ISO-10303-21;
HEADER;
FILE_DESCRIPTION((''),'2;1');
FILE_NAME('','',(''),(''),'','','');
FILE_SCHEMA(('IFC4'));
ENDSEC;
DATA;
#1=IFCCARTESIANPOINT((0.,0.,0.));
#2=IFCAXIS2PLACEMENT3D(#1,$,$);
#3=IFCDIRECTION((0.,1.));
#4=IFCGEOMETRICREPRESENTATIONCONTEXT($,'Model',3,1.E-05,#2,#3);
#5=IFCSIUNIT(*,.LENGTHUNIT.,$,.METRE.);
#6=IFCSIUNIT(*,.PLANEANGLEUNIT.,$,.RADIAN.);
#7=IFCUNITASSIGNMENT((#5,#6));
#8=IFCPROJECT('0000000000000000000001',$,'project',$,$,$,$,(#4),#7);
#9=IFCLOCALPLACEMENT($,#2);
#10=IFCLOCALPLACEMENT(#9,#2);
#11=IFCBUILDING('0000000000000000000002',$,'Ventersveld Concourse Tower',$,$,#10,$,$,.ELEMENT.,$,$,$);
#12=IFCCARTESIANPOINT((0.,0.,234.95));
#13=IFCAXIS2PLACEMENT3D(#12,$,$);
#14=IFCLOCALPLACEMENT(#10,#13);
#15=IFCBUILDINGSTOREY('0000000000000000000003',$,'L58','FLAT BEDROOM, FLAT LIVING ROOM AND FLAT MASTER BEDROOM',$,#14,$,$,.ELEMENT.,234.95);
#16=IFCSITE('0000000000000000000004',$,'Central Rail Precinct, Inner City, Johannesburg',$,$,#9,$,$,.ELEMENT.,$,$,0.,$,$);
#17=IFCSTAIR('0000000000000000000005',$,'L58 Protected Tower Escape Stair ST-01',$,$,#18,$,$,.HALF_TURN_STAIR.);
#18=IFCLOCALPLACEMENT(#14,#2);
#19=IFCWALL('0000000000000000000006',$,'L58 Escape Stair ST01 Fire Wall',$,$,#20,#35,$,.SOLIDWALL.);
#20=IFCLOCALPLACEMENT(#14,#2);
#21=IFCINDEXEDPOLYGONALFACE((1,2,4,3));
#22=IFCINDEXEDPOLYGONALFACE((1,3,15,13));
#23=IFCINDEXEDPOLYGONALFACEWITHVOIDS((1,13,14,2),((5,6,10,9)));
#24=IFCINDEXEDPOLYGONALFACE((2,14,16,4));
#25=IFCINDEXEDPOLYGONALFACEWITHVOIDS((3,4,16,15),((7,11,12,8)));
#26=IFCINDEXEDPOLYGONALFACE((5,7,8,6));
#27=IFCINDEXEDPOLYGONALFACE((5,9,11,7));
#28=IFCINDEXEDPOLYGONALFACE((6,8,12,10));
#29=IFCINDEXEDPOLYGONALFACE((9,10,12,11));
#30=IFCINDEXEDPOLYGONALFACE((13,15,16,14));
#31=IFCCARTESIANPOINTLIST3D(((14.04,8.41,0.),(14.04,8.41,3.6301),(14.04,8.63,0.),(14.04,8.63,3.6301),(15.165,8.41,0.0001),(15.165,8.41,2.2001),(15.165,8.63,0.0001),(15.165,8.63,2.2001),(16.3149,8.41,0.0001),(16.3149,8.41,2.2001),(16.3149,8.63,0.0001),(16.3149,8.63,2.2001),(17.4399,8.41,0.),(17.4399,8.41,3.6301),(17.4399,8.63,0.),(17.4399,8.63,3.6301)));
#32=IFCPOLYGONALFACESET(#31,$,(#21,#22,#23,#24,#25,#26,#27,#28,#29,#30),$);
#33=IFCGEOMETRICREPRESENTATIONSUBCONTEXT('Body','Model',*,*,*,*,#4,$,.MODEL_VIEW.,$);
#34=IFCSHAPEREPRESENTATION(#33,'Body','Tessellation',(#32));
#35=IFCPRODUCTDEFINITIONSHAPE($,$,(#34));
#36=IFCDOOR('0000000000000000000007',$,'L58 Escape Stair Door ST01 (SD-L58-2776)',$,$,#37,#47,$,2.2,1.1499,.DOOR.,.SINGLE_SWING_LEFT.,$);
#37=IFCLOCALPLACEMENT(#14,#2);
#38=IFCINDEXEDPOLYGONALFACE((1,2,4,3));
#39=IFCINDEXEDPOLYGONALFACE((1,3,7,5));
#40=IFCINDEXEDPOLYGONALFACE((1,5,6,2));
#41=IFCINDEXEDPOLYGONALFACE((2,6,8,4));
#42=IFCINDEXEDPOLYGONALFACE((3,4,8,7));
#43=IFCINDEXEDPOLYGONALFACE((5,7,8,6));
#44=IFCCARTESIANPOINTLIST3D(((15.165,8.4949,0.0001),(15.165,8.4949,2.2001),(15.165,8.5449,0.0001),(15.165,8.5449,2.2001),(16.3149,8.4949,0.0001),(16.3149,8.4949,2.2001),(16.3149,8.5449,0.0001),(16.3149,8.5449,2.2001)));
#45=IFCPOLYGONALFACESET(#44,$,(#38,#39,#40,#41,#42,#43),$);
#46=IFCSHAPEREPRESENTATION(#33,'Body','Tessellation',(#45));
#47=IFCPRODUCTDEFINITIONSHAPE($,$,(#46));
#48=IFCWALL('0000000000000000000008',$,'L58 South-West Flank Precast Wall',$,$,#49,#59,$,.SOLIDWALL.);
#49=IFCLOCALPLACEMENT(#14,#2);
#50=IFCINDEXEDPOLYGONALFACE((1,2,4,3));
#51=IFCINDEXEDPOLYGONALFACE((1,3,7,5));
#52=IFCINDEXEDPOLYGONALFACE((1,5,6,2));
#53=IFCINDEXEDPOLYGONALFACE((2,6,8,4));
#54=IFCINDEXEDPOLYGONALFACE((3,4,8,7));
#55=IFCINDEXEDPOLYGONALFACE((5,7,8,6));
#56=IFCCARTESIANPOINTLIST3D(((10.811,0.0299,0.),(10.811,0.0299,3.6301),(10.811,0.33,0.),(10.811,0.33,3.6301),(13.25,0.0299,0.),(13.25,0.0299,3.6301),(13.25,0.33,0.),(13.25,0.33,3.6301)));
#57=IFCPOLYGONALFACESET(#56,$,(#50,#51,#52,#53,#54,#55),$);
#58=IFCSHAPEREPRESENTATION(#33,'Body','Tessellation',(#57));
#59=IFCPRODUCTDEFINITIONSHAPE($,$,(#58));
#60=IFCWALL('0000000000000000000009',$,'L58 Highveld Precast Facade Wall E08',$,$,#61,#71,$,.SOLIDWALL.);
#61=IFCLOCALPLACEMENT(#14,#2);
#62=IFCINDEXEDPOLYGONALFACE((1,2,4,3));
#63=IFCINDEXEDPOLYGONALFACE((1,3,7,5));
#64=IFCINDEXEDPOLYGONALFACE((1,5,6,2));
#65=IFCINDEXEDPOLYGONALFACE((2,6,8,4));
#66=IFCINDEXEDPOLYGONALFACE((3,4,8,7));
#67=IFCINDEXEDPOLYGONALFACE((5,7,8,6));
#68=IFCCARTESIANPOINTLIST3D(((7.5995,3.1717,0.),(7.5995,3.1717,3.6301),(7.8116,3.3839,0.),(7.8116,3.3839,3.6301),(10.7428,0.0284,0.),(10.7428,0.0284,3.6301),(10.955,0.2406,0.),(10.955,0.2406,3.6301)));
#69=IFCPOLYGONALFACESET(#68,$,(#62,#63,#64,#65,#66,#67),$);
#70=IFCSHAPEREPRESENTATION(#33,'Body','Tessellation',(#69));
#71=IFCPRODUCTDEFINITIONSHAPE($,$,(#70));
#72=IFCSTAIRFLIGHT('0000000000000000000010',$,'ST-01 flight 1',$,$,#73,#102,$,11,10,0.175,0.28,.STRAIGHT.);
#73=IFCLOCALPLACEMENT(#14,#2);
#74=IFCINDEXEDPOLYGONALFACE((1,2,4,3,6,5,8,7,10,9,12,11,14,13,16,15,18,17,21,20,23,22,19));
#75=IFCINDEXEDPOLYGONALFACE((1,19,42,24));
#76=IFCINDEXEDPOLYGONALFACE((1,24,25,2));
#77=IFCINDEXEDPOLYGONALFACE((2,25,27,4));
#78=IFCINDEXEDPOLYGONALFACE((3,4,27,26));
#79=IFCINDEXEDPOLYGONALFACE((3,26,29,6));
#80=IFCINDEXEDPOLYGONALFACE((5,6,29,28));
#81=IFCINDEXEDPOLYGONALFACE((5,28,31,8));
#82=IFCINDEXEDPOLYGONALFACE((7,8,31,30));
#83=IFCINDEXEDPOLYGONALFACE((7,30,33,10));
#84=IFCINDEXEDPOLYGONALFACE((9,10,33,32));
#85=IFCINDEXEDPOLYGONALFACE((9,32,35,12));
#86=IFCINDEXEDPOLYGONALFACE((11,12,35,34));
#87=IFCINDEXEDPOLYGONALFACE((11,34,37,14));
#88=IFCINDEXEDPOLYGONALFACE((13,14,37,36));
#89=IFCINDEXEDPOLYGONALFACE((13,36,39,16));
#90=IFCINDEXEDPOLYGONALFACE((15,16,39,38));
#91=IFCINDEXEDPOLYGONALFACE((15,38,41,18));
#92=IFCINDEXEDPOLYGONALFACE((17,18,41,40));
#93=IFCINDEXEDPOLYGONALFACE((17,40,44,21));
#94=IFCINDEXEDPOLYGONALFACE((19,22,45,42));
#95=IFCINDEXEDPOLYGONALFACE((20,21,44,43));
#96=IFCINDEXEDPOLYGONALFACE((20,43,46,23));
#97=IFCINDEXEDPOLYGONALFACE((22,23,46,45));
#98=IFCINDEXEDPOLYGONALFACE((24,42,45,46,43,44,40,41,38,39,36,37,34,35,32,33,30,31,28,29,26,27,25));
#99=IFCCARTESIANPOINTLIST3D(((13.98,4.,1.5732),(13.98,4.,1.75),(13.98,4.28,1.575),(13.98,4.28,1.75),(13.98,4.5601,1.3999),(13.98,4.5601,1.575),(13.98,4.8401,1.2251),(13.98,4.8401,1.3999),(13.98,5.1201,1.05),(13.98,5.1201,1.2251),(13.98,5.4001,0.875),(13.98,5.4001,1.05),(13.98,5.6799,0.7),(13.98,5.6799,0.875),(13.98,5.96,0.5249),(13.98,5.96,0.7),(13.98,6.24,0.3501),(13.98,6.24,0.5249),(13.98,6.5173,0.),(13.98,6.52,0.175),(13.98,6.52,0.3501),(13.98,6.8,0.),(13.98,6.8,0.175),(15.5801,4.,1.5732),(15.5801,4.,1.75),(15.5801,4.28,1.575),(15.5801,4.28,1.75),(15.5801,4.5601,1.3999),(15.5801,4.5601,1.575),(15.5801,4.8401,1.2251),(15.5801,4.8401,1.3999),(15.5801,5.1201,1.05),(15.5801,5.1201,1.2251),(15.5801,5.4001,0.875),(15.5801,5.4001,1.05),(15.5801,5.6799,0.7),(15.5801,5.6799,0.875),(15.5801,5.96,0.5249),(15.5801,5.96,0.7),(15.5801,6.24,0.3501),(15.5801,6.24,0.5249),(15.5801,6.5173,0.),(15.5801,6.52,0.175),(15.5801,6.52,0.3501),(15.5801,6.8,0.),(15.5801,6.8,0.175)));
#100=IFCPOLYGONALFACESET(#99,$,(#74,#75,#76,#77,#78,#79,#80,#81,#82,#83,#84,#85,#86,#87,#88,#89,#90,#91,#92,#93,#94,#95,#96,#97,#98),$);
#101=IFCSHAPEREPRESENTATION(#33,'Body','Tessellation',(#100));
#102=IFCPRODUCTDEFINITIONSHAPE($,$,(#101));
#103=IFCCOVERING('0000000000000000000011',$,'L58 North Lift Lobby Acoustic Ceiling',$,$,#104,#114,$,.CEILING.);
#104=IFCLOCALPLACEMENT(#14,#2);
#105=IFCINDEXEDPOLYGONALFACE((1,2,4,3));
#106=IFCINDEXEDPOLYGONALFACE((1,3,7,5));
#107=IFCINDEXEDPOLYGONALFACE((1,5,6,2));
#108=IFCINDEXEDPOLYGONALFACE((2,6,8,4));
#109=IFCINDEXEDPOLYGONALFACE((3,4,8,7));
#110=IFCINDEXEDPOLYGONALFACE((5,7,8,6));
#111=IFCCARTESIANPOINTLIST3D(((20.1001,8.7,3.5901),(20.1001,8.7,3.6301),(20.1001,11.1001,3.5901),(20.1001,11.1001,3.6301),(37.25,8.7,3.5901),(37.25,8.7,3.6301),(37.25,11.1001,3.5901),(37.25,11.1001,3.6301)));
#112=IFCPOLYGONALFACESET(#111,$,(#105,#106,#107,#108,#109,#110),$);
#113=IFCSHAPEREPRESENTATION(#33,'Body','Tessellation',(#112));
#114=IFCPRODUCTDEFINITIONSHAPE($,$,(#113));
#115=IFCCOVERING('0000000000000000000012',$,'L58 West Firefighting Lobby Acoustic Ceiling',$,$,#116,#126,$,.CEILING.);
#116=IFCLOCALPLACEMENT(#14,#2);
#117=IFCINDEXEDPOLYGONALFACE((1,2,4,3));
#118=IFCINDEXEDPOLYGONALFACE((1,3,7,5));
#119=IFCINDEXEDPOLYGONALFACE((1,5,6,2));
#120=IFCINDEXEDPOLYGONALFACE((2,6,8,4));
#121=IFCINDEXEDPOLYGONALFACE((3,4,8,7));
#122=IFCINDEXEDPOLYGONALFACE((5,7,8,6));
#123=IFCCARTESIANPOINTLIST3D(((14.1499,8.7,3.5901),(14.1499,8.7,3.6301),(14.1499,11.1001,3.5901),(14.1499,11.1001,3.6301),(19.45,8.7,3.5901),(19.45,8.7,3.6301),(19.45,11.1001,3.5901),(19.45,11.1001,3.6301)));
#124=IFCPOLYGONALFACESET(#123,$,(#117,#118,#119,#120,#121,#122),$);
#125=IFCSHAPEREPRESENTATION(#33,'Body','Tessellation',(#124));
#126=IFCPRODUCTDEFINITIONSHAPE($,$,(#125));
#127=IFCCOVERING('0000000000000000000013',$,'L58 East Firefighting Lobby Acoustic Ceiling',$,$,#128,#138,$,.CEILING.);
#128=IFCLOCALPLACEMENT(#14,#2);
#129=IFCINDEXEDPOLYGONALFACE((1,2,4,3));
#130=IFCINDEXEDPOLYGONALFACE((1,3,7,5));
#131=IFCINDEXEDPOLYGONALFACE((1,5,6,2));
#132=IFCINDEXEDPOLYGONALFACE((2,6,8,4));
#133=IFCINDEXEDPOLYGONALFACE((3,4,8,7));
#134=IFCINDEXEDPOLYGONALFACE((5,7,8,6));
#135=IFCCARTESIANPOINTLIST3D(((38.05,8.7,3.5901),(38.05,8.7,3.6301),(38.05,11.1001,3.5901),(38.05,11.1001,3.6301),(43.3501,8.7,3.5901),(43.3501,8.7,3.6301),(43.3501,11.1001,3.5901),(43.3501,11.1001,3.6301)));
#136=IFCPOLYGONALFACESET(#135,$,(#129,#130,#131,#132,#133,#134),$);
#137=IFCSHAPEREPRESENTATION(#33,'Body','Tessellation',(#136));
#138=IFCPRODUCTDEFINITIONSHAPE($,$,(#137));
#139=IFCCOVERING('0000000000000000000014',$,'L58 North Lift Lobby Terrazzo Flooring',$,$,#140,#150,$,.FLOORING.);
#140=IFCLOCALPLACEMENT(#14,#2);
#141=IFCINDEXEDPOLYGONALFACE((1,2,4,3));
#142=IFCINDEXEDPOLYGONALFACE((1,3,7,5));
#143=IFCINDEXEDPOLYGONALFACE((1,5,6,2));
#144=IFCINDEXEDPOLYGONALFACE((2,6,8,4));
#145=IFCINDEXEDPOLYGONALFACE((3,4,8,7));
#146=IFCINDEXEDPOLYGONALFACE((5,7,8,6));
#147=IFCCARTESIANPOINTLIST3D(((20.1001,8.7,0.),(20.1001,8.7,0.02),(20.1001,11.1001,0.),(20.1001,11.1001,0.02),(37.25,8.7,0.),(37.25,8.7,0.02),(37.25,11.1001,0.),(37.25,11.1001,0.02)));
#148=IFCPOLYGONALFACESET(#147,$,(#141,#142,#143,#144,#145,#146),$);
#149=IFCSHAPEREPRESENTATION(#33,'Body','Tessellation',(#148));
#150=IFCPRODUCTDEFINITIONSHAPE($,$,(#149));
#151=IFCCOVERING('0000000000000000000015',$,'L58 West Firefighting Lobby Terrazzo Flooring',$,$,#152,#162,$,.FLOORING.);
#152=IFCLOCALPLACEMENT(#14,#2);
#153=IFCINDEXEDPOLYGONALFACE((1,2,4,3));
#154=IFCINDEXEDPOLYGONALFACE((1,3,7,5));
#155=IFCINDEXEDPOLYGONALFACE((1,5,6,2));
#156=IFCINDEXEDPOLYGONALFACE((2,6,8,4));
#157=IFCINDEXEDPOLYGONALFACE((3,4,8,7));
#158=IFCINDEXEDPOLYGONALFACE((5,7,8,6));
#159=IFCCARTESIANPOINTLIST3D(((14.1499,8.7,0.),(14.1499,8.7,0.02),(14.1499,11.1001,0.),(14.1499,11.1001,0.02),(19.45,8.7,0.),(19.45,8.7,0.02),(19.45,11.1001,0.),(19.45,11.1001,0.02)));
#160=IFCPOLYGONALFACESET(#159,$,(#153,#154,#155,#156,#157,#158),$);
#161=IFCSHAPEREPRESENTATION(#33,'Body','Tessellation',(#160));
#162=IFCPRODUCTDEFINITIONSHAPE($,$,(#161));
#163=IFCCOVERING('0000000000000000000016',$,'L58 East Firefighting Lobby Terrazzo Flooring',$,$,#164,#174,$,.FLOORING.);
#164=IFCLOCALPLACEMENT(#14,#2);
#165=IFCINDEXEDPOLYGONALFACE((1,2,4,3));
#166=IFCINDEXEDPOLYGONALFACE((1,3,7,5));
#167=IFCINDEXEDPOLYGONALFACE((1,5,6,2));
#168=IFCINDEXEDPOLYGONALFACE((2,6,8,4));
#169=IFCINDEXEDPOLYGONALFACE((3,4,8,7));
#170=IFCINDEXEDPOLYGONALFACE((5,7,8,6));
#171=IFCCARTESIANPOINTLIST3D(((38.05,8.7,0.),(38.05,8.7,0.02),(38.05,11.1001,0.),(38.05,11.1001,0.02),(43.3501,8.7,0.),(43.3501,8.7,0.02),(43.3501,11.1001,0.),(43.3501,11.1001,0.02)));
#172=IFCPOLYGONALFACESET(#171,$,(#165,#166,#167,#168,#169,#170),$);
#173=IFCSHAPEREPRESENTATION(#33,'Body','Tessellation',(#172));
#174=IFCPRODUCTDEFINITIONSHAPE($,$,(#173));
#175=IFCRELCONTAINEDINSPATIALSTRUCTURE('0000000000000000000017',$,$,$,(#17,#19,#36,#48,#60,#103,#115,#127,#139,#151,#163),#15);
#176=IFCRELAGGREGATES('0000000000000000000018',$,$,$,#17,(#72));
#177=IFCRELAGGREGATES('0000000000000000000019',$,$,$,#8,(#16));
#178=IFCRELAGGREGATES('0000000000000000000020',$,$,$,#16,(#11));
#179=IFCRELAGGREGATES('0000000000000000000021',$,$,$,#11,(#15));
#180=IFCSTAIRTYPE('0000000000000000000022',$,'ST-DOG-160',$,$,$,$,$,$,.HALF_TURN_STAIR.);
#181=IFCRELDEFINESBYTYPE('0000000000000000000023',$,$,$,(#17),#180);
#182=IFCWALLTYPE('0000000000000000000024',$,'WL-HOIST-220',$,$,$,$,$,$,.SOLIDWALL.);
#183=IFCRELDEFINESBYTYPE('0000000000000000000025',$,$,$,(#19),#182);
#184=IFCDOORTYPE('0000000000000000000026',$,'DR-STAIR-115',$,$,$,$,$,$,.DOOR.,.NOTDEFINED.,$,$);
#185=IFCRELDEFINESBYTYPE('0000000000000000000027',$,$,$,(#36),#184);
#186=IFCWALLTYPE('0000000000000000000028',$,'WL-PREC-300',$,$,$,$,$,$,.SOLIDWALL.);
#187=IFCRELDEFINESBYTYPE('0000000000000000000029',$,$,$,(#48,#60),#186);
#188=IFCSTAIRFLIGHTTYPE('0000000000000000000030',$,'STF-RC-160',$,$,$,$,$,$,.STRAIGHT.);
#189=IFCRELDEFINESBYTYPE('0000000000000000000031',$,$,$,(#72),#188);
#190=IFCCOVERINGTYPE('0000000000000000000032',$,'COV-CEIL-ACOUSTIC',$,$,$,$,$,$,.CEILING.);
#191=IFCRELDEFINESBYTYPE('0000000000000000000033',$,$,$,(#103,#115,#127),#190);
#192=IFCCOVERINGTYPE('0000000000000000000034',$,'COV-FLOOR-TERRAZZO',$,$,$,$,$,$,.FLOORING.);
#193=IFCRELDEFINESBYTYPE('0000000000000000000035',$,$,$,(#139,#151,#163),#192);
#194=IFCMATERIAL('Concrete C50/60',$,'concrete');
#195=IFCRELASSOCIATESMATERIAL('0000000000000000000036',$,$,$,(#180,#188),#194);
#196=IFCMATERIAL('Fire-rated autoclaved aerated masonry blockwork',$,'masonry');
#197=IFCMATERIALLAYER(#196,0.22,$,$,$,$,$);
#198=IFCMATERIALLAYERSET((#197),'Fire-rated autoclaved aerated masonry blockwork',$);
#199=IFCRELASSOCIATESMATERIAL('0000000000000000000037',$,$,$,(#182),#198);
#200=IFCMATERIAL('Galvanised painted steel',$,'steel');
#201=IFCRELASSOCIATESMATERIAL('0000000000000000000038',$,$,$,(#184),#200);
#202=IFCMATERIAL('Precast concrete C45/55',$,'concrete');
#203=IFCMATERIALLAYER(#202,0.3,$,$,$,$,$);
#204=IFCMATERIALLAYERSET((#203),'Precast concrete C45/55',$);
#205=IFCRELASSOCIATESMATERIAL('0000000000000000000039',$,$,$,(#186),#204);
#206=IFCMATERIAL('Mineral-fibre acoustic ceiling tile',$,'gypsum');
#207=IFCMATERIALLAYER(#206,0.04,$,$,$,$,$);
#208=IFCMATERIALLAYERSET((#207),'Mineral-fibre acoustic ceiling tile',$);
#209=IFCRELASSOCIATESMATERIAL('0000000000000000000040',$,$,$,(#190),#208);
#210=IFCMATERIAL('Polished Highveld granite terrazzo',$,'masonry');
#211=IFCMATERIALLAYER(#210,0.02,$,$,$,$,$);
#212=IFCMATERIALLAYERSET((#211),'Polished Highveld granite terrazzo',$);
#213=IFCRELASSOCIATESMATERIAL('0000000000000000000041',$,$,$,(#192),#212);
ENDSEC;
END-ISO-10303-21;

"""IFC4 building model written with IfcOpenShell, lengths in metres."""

from ifc_helpers import new_model, si_unit, direction, frame, frame_2d, origin, place, context, subcontext, project, spatial, polyline, rectangle, outline, extrude, material, layer, layer_set, type_object, element, fill, aggregate, save


model = new_model("IFC4")

# Units and contexts
model_context = context("Model", 3, precision=1e-05, world=origin(), true_north=direction((0.0, 1.0)))
body_context = subcontext(model_context, "Body", "Model", "MODEL_VIEW")
ifc_project = project(units=[si_unit("LENGTHUNIT", "METRE"), si_unit("PLANEANGLEUNIT", "RADIAN")], contexts=[model_context])

# Site, building, storey
site_placement = place(None, origin())
site = spatial("IfcSite", under=ifc_project, at=site_placement, Name="Central Rail Precinct, Inner City, Johannesburg", CompositionType="ELEMENT", RefElevation=0.0)
building_placement = place(site_placement, origin())
building = spatial("IfcBuilding", under=site, at=building_placement, Name="Ventersveld Concourse Tower", CompositionType="ELEMENT")
storey_placement = place(building_placement, frame((0.0, 0.0, 234.95)))
storey = spatial("IfcBuildingStorey", under=building, at=storey_placement, Name="L58", Description="FLAT BEDROOM, FLAT LIVING ROOM AND FLAT MASTER BEDROOM", CompositionType="ELEMENT", Elevation=234.95)

# Shared definitions
ifc_material_1 = material(Name="Concrete C50/60", Category="concrete")

# Stair
stair_type_1 = type_object("IfcStairType", Name="ST-DOG-160", PredefinedType="HALF_TURN_STAIR", material=ifc_material_1)
stair_1_placement = place(storey_placement, origin())
stair_1 = element("IfcStair", 1, at=stair_1_placement, inside=storey, type_object=stair_type_1, Name="L58 Protected Tower Escape Stair ST-01", PredefinedType="HALF_TURN_STAIR")

# Wall, opening, door
ifc_material_2 = material(Name="Fire-rated autoclaved aerated masonry blockwork", Category="masonry")
ifc_layer_1 = layer(ifc_material_2, 0.22)
ifc_layer_set_1 = layer_set([ifc_layer_1], Name="Fire-rated autoclaved aerated masonry blockwork")
wall_type_1 = type_object("IfcWallType", Name="WL-HOIST-220", PredefinedType="SOLIDWALL", material=ifc_layer_set_1)
wall_1_placement = place(storey_placement, frame((14.04, 8.52, 0.0), z_axis=(0.0, 0.0, 1.0), x_axis=(1.0, 0.0, 0.0)))
wall_1 = element("IfcWall", 2, at=wall_1_placement, inside=storey, type_object=wall_type_1, Name="L58 Escape Stair ST01 Fire Wall", PredefinedType="SOLIDWALL", context=body_context, shape_type="SweptSolid", body=[
    extrude(rectangle(XDim=3.3999, YDim=0.22, at=frame_2d((1.7, 0.0))), origin(), (0.0, 0.0, 1.0), 3.6301),
])
opening_placement = place(wall_1_placement, frame((1.125, 0.0, 0.0)))
opening = element("IfcOpeningElement", 3, at=opening_placement, cuts=wall_1, PredefinedType="OPENING", context=body_context, shape_type="SweptSolid", body=[
    extrude(rectangle(XDim=1.1499, YDim=2.2, at=frame_2d((0.575, 1.1001))), frame((0.0, 0.1201, 0.0), z_axis=(0.0, -1.0, 0.0), x_axis=(1.0, 0.0, 0.0)), (0.0, 0.0, 1.0), 0.24),
])
ifc_material_3 = material(Name="Galvanised painted steel", Category="steel")
door_type = type_object("IfcDoorType", Name="DR-STAIR-115", OperationType="NOTDEFINED", PredefinedType="DOOR", material=ifc_material_3)
door_placement = place(opening_placement, origin())
door = element("IfcDoor", 4, at=door_placement, inside=storey, type_object=door_type, Name="L58 Escape Stair Door ST01 (SD-L58-2776)", OperationType="SINGLE_SWING_LEFT", OverallHeight=2.2, OverallWidth=1.1499, PredefinedType="DOOR", context=body_context, shape_type="SweptSolid", body=[
    extrude(rectangle(XDim=1.1499, YDim=2.2, at=frame_2d((0.575, 1.1001))), frame((0.0, 0.0249, 0.0), z_axis=(0.0, -1.0, 0.0), x_axis=(1.0, 0.0, 0.0)), (0.0, 0.0, 1.0), 0.05),
])
fill(opening, door)

# Walls
ifc_material_4 = material(Name="Precast concrete C45/55", Category="concrete")
ifc_layer_2 = layer(ifc_material_4, 0.3)
ifc_layer_set_2 = layer_set([ifc_layer_2], Name="Precast concrete C45/55")
wall_type_2 = type_object("IfcWallType", Name="WL-PREC-300", PredefinedType="SOLIDWALL", material=ifc_layer_set_2)
wall_2_placement = place(storey_placement, frame((10.811, 0.1799, 0.0), z_axis=(0.0, 0.0, 1.0), x_axis=(1.0, 0.0, 0.0)))
element("IfcWall", 5, at=wall_2_placement, inside=storey, type_object=wall_type_2, Name="L58 South-West Flank Precast Wall", PredefinedType="SOLIDWALL", context=body_context, shape_type="SweptSolid", body=[
    extrude(rectangle(XDim=2.439, YDim=0.3, at=frame_2d((1.2195, 0.0))), origin(), (0.0, 0.0, 1.0), 3.6301),
])
wall_3_placement = place(storey_placement, frame((7.7056, 3.2778, 0.0), z_axis=(0.0, 0.0, 1.0), x_axis=(0.707107, -0.707107, 0.0)))
element("IfcWall", 6, at=wall_3_placement, inside=storey, type_object=wall_type_2, Name="L58 Highveld Precast Facade Wall E08", PredefinedType="SOLIDWALL", context=body_context, shape_type="SweptSolid", body=[
    extrude(rectangle(XDim=4.4453, YDim=0.3, at=frame_2d((2.2227, 0.0))), origin(), (0.0, 0.0, 1.0), 3.6301),
])

# Stair flight
stair_flight_type = type_object("IfcStairFlightType", Name="STF-RC-160", PredefinedType="STRAIGHT", material=ifc_material_1)
stair_flight_placement = place(storey_placement, frame((14.78, 6.8, 0.0), z_axis=(0.0, 0.0, 1.0), x_axis=(0.0, -1.0, 0.0)))
stair_flight = element("IfcStairFlight", 7, at=stair_flight_placement, type_object=stair_flight_type, Name="ST-01 flight 1", NumberOfRisers=11, NumberOfTreads=10, PredefinedType="STRAIGHT", RiserHeight=0.175, TreadLength=0.28, context=body_context, shape_type="SweptSolid", body=[
    extrude(outline(polyline([(0.0, 0.0), (0.0, 0.175), (0.28, 0.175), (0.28, 0.3501), (0.5601, 0.3501), (0.5601, 0.5249), (0.8401, 0.5249), (0.8401, 0.7), (1.1201, 0.7), (1.1201, 0.875), (1.3999, 0.875), (1.3999, 1.05), (1.6799, 1.05), (1.6799, 1.2251), (1.96, 1.2251), (1.96, 1.3999), (2.24, 1.3999), (2.24, 1.575), (2.52, 1.575), (2.52, 1.75), (2.8, 1.75), (2.8, 1.925), (2.8, 1.5732), (0.2827, 0.0), (0.0, 0.0)])), frame((0.0, 0.8, 0.0), z_axis=(0.0, -1.0, 0.0), x_axis=(1.0, 0.0, 0.0)), (0.0, 0.0, 1.0), 1.6001),
])
aggregate(stair_1, [stair_flight])

# Coverings
ifc_material_5 = material(Name="Mineral-fibre acoustic ceiling tile", Category="gypsum")
ifc_layer_3 = layer(ifc_material_5, 0.04)
ifc_layer_set_3 = layer_set([ifc_layer_3], Name="Mineral-fibre acoustic ceiling tile")
covering_type_1 = type_object("IfcCoveringType", Name="COV-CEIL-ACOUSTIC", PredefinedType="CEILING", material=ifc_layer_set_3)
covering_1_placement = place(storey_placement, frame((0.0, 0.0, 3.5901)))
element("IfcCovering", 8, at=covering_1_placement, inside=storey, type_object=covering_type_1, Name="L58 North Lift Lobby Acoustic Ceiling", PredefinedType="CEILING", context=body_context, shape_type="SweptSolid", body=[
    extrude(outline(polyline([(20.1001, 8.7), (37.25, 8.7), (37.25, 11.1001), (20.1001, 11.1001), (20.1001, 8.7)])), origin(), (0.0, 0.0, 1.0), 0.04),
])
covering_2_placement = place(storey_placement, frame((0.0, 0.0, 3.5901)))
element("IfcCovering", 9, at=covering_2_placement, inside=storey, type_object=covering_type_1, Name="L58 West Firefighting Lobby Acoustic Ceiling", PredefinedType="CEILING", context=body_context, shape_type="SweptSolid", body=[
    extrude(outline(polyline([(14.1499, 8.7), (19.45, 8.7), (19.45, 11.1001), (14.1499, 11.1001), (14.1499, 8.7)])), origin(), (0.0, 0.0, 1.0), 0.04),
])
covering_3_placement = place(storey_placement, frame((0.0, 0.0, 3.5901)))
element("IfcCovering", 10, at=covering_3_placement, inside=storey, type_object=covering_type_1, Name="L58 East Firefighting Lobby Acoustic Ceiling", PredefinedType="CEILING", context=body_context, shape_type="SweptSolid", body=[
    extrude(outline(polyline([(38.05, 8.7), (43.3501, 8.7), (43.3501, 11.1001), (38.05, 11.1001), (38.05, 8.7)])), origin(), (0.0, 0.0, 1.0), 0.04),
])
ifc_material_6 = material(Name="Polished Highveld granite terrazzo", Category="masonry")
ifc_layer_4 = layer(ifc_material_6, 0.02)
ifc_layer_set_4 = layer_set([ifc_layer_4], Name="Polished Highveld granite terrazzo")
covering_type_2 = type_object("IfcCoveringType", Name="COV-FLOOR-TERRAZZO", PredefinedType="FLOORING", material=ifc_layer_set_4)
covering_4_placement = place(storey_placement, origin())
element("IfcCovering", 11, at=covering_4_placement, inside=storey, type_object=covering_type_2, Name="L58 North Lift Lobby Terrazzo Flooring", PredefinedType="FLOORING", context=body_context, shape_type="SweptSolid", body=[
    extrude(outline(polyline([(20.1001, 8.7), (37.25, 8.7), (37.25, 11.1001), (20.1001, 11.1001), (20.1001, 8.7)])), origin(), (0.0, 0.0, 1.0), 0.02),
])
covering_5_placement = place(storey_placement, origin())
element("IfcCovering", 12, at=covering_5_placement, inside=storey, type_object=covering_type_2, Name="L58 West Firefighting Lobby Terrazzo Flooring", PredefinedType="FLOORING", context=body_context, shape_type="SweptSolid", body=[
    extrude(outline(polyline([(14.1499, 8.7), (19.45, 8.7), (19.45, 11.1001), (14.1499, 11.1001), (14.1499, 8.7)])), origin(), (0.0, 0.0, 1.0), 0.02),
])
covering_6_placement = place(storey_placement, origin())
element("IfcCovering", 13, at=covering_6_placement, inside=storey, type_object=covering_type_2, Name="L58 East Firefighting Lobby Terrazzo Flooring", PredefinedType="FLOORING", context=body_context, shape_type="SweptSolid", body=[
    extrude(outline(polyline([(38.05, 8.7), (43.3501, 8.7), (43.3501, 11.1001), (38.05, 11.1001), (38.05, 8.7)])), origin(), (0.0, 0.0, 1.0), 0.02),
])

save(model, "model.ifc")
